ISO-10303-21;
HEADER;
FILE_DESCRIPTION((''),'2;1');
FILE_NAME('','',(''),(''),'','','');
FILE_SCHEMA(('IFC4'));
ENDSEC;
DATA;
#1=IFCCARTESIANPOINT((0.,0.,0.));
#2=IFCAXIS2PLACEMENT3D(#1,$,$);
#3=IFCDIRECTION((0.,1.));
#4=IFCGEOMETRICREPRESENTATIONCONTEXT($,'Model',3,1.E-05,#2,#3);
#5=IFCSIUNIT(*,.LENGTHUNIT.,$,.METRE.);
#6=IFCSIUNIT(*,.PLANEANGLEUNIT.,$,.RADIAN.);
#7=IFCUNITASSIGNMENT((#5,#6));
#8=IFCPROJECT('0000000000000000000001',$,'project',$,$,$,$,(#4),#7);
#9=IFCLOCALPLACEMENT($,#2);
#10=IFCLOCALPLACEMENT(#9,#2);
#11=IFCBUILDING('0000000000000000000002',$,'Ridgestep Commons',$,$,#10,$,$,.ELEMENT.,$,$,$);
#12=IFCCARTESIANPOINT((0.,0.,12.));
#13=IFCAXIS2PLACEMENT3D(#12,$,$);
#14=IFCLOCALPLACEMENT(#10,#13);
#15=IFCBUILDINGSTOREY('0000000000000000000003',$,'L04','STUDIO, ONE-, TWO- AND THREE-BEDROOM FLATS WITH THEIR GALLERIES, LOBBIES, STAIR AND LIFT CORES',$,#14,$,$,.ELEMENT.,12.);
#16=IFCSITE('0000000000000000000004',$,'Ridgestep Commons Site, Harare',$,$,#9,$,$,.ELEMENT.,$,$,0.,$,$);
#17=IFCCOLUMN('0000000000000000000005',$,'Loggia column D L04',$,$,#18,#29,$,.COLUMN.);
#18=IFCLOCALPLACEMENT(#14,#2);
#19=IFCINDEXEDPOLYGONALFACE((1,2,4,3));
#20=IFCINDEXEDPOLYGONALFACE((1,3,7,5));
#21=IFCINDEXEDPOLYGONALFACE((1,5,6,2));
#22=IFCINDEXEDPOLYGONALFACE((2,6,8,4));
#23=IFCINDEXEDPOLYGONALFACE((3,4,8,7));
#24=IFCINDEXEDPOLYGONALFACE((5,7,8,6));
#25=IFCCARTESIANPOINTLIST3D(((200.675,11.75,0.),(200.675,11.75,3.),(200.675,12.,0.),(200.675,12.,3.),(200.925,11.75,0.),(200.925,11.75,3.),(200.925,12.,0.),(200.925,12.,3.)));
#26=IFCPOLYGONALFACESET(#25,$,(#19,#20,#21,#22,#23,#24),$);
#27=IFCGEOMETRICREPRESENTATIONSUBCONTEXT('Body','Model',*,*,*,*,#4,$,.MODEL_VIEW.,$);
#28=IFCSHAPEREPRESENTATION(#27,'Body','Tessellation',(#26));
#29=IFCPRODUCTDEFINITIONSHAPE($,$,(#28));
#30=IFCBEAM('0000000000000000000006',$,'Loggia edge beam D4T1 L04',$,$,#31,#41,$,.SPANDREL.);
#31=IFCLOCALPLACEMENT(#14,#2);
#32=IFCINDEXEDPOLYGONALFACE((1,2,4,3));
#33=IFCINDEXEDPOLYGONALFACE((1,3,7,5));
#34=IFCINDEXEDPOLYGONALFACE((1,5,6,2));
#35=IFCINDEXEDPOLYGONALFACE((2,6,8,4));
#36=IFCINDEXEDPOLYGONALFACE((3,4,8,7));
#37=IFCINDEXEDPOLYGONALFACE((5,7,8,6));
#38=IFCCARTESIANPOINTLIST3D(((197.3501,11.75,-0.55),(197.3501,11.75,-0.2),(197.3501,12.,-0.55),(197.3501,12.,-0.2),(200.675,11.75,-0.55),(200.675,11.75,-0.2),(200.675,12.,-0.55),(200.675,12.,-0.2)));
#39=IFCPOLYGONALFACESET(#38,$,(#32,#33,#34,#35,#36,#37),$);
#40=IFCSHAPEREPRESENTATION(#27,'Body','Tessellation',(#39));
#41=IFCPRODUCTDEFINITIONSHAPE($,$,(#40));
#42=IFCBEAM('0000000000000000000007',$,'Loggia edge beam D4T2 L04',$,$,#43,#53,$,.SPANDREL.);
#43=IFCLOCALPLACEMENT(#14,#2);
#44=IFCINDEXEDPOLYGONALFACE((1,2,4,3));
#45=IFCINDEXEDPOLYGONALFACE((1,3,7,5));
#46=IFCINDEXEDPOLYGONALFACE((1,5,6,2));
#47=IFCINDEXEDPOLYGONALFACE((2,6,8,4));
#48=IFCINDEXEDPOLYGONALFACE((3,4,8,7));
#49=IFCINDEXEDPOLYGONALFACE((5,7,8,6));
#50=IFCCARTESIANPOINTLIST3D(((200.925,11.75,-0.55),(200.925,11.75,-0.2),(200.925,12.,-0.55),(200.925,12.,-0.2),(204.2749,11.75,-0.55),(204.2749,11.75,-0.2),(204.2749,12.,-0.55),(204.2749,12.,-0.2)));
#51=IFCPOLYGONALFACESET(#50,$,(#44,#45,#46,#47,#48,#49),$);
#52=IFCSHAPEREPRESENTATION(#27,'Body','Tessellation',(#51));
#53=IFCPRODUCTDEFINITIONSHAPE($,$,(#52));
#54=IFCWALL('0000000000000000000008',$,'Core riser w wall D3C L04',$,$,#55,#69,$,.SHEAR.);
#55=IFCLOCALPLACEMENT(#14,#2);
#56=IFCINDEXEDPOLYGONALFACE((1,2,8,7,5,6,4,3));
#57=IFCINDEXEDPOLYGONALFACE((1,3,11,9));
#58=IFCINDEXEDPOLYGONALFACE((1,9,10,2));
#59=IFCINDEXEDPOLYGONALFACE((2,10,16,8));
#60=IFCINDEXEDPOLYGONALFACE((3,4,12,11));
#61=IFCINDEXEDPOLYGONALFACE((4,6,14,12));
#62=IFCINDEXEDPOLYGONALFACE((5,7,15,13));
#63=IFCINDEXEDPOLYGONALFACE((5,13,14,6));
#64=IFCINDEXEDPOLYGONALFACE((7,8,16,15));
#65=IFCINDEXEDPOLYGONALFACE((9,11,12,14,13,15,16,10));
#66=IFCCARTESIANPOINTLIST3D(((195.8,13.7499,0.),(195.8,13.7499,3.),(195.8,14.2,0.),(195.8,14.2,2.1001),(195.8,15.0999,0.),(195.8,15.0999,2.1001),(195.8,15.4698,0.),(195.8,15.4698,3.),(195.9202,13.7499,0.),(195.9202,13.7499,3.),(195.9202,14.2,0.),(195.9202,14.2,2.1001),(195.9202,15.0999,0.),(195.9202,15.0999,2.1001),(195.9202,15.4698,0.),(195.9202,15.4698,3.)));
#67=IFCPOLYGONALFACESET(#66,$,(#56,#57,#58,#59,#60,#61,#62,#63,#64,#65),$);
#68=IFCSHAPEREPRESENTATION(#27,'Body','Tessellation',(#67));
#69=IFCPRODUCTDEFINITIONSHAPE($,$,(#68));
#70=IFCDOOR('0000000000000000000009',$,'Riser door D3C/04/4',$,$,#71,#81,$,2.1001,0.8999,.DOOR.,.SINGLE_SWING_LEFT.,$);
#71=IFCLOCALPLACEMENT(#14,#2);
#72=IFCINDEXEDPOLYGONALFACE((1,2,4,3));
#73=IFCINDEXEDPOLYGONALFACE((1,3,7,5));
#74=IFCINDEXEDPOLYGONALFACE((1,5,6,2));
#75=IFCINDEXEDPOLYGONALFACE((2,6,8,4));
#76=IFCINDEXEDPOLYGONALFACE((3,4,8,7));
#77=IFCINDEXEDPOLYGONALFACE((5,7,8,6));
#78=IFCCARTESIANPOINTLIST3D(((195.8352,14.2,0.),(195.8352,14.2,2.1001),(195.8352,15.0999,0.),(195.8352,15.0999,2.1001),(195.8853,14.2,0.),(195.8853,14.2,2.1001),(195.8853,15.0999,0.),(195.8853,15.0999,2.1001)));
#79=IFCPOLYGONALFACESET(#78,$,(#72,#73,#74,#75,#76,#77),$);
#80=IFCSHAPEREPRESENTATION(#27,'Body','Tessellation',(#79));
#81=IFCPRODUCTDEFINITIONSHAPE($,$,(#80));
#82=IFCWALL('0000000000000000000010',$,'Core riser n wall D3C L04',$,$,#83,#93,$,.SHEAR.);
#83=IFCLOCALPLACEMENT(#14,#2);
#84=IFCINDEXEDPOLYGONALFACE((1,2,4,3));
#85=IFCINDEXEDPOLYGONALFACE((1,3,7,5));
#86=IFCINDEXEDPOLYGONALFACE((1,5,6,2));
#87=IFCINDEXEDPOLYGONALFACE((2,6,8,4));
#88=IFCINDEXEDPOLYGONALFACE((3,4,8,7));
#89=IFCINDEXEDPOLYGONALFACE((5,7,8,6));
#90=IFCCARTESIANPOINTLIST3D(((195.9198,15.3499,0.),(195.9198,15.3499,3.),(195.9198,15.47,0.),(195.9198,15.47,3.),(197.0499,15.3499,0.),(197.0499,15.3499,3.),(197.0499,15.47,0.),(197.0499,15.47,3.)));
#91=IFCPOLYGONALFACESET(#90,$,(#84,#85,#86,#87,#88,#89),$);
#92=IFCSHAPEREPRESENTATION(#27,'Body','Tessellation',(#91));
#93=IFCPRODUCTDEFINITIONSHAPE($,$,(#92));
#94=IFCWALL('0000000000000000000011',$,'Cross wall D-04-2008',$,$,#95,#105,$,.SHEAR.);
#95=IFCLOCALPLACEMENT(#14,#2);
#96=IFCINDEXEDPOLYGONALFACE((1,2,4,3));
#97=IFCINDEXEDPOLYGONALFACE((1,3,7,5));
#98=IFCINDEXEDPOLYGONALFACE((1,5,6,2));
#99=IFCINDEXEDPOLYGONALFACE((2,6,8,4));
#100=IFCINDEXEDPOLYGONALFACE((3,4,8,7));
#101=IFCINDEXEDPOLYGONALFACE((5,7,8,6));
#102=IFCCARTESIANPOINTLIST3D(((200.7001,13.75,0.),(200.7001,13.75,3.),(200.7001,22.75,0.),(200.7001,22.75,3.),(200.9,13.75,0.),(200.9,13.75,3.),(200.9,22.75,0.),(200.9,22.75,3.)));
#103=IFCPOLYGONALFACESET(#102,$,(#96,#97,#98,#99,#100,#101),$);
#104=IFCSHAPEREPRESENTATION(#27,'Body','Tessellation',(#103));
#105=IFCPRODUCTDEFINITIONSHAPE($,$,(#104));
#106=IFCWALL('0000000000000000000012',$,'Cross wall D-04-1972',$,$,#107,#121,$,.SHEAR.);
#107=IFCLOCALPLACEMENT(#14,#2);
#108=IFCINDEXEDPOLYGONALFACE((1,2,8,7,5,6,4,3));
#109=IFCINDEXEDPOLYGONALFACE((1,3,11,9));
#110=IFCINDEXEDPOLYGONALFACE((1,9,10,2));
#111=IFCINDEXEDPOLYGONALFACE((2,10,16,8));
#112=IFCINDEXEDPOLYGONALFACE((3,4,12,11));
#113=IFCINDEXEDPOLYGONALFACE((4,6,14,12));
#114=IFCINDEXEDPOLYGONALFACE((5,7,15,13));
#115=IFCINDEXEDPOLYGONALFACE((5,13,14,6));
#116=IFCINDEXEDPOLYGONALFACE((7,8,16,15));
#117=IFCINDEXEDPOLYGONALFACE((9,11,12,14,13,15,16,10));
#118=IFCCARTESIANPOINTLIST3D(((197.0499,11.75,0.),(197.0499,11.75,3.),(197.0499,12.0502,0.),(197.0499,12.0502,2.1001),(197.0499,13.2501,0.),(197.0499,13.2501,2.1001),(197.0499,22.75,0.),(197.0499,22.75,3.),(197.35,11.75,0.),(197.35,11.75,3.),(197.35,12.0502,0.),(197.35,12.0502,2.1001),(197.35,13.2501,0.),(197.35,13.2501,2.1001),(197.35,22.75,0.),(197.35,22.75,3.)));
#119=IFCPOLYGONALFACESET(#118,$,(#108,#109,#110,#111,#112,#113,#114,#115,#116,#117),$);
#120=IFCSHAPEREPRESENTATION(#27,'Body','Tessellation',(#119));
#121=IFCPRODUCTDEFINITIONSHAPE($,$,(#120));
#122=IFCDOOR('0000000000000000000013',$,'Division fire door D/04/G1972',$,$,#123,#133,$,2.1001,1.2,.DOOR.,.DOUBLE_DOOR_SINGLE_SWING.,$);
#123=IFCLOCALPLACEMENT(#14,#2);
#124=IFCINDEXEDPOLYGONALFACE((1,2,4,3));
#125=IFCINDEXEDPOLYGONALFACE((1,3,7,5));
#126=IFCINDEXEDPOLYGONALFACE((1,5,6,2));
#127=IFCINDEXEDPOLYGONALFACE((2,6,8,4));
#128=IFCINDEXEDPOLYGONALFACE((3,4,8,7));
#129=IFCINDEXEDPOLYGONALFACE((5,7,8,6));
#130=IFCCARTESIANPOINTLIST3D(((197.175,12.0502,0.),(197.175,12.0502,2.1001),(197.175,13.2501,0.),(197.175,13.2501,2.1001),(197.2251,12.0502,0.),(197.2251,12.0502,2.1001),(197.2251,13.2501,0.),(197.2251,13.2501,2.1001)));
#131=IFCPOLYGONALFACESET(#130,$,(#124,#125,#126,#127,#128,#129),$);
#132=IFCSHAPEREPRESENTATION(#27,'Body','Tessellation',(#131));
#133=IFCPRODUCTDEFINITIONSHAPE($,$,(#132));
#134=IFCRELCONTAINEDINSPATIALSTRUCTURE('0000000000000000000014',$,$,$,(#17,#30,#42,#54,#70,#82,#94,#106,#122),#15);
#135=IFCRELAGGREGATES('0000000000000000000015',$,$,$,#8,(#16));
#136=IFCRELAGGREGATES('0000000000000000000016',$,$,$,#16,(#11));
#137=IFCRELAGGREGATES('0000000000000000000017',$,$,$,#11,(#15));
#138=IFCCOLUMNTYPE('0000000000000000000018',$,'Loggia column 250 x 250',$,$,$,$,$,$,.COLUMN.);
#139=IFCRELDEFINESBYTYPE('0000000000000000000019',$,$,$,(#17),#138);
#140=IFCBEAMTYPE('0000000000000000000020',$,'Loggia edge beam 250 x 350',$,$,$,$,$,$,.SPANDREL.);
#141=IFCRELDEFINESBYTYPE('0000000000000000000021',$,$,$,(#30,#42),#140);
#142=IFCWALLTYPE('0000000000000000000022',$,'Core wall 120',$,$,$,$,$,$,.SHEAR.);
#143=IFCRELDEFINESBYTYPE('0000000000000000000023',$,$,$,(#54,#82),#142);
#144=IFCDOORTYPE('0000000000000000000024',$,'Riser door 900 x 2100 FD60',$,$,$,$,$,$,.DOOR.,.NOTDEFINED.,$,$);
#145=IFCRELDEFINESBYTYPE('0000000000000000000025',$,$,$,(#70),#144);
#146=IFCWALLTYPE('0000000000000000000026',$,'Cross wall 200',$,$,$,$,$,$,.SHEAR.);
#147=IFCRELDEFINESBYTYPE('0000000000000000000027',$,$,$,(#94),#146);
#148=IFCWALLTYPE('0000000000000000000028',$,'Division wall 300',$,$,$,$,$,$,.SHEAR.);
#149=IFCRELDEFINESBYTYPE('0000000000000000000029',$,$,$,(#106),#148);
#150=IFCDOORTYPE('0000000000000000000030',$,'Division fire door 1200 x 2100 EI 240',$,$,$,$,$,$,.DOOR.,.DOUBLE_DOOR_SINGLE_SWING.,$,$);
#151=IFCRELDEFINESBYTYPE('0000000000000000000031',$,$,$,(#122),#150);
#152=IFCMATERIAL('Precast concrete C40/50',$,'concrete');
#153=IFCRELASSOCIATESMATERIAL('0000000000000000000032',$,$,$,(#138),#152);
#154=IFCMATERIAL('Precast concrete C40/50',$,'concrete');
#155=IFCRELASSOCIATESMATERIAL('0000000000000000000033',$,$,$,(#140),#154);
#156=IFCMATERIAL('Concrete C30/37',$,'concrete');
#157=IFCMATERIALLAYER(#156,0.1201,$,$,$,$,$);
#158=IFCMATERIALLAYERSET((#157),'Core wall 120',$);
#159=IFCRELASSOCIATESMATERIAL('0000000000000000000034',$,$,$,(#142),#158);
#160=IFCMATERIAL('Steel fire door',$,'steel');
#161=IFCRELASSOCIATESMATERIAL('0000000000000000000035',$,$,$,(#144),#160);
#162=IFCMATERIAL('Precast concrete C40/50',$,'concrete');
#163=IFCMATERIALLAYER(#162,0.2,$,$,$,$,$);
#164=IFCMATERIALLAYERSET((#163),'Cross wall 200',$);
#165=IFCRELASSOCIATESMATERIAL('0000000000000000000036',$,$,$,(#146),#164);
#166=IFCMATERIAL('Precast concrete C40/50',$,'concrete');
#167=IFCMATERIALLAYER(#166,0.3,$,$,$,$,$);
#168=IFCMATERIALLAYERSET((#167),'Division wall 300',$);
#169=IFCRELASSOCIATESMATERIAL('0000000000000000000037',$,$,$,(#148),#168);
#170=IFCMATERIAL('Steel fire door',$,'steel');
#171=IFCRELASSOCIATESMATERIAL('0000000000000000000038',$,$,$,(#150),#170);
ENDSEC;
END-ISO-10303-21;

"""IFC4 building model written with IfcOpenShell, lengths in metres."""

from ifc_helpers import new_model, si_unit, direction, frame, frame_2d, origin, origin_2d, place, context, subcontext, project, spatial, rectangle, extrude, material, layer, layer_set, material_profile, profile_set, type_object, element, fill, save


model = new_model("IFC4")

# Units and contexts
model_context = context("Model", 3, precision=1e-05, world=origin(), true_north=direction((0.0, 1.0)))
body_context = subcontext(model_context, "Body", "Model", "MODEL_VIEW")
ifc_project = project(units=[si_unit("LENGTHUNIT", "METRE"), si_unit("PLANEANGLEUNIT", "RADIAN")], contexts=[model_context])

# Site, building, storey
site_placement = place(None, origin())
site = spatial("IfcSite", under=ifc_project, at=site_placement, Name="Ridgestep Commons Site, Harare", CompositionType="ELEMENT", RefElevation=0.0)
building_placement = place(site_placement, origin())
building = spatial("IfcBuilding", under=site, at=building_placement, Name="Ridgestep Commons", CompositionType="ELEMENT")
storey_placement = place(building_placement, frame((0.0, 0.0, 12.0)))
storey = spatial("IfcBuildingStorey", under=building, at=storey_placement, Name="L04", Description="STUDIO, ONE-, TWO- AND THREE-BEDROOM FLATS WITH THEIR GALLERIES, LOBBIES, STAIR AND LIFT CORES", CompositionType="ELEMENT", Elevation=12.0)

# Column
ifc_material_1 = material(Name="Precast concrete C40/50", Category="concrete")
ifc_material_profile_1 = material_profile(ifc_material_1, rectangle(XDim=0.25, YDim=0.25, at=origin_2d()), Name="PC 250x250")
ifc_profile_set_1 = profile_set([ifc_material_profile_1], Name="Precast concrete C40/50")
column_type = type_object("IfcColumnType", Name="Loggia column 250 x 250", PredefinedType="COLUMN", material=ifc_profile_set_1)
column_placement = place(storey_placement, frame((200.8, 11.875, 0.0), z_axis=(0.0, 0.0, 1.0), x_axis=(1.0, 0.0, 0.0)))
element("IfcColumn", 1, at=column_placement, inside=storey, type_object=column_type, Name="Loggia column D L04", PredefinedType="COLUMN", context=body_context, shape_type="SweptSolid", body=[
    extrude(rectangle(XDim=0.25, YDim=0.25, at=origin_2d()), origin(), (0.0, 0.0, 1.0), 3.0),
])

# Beams
ifc_material_2 = material(Name="Precast concrete C40/50", Category="concrete")
ifc_material_profile_2 = material_profile(ifc_material_2, rectangle(XDim=0.25, YDim=0.3501, at=origin_2d()), Name="PC 250x350")
ifc_profile_set_2 = profile_set([ifc_material_profile_2], Name="Precast concrete C40/50")
beam_type = type_object("IfcBeamType", Name="Loggia edge beam 250 x 350", PredefinedType="SPANDREL", material=ifc_profile_set_2)
beam_1_placement = place(storey_placement, frame((197.3501, 11.875, -0.375), z_axis=(1.0, 0.0, 0.0), x_axis=(0.0, 1.0, 0.0)))
element("IfcBeam", 2, at=beam_1_placement, inside=storey, type_object=beam_type, Name="Loggia edge beam D4T1 L04", PredefinedType="SPANDREL", context=body_context, shape_type="SweptSolid", body=[
    extrude(rectangle(XDim=0.25, YDim=0.3501, at=origin_2d()), origin(), (0.0, 0.0, 1.0), 3.325),
])
beam_2_placement = place(storey_placement, frame((200.925, 11.875, -0.375), z_axis=(1.0, 0.0, 0.0), x_axis=(0.0, 1.0, 0.0)))
element("IfcBeam", 3, at=beam_2_placement, inside=storey, type_object=beam_type, Name="Loggia edge beam D4T2 L04", PredefinedType="SPANDREL", context=body_context, shape_type="SweptSolid", body=[
    extrude(rectangle(XDim=0.25, YDim=0.3501, at=origin_2d()), origin(), (0.0, 0.0, 1.0), 3.3499),
])

# Wall, opening, door
ifc_material_3 = material(Name="Concrete C30/37", Category="concrete")
ifc_layer_1 = layer(ifc_material_3, 0.1201)
ifc_layer_set_1 = layer_set([ifc_layer_1], Name="Core wall 120")
wall_type_1 = type_object("IfcWallType", Name="Core wall 120", PredefinedType="SHEAR", material=ifc_layer_set_1)
wall_1_placement = place(storey_placement, frame((195.8601, 13.75, 0.0), z_axis=(0.0, 0.0, 1.0), x_axis=(0.0, 1.0, 0.0)))
wall_1 = element("IfcWall", 4, at=wall_1_placement, inside=storey, type_object=wall_type_1, Name="Core riser w wall D3C L04", PredefinedType="SHEAR", context=body_context, shape_type="SweptSolid", body=[
    extrude(rectangle(XDim=1.72, YDim=0.1201, at=frame_2d((0.8599, 0.0))), origin(), (0.0, 0.0, 1.0), 3.0),
])
opening_1_placement = place(wall_1_placement, frame((0.45, 0.0, 0.0)))
opening_1 = element("IfcOpeningElement", 5, at=opening_1_placement, cuts=wall_1, PredefinedType="OPENING", context=body_context, shape_type="SweptSolid", body=[
    extrude(rectangle(XDim=0.8999, YDim=2.1001, at=frame_2d((0.45, 1.05))), frame((0.0, 0.0701, 0.0), z_axis=(0.0, -1.0, 0.0), x_axis=(1.0, 0.0, 0.0)), (0.0, 0.0, 1.0), 0.1401),
])
ifc_material_4 = material(Name="Steel fire door", Category="steel")
door_type_1 = type_object("IfcDoorType", Name="Riser door 900 x 2100 FD60", OperationType="NOTDEFINED", PredefinedType="DOOR", material=ifc_material_4)
door_1_placement = place(opening_1_placement, origin())
door_1 = element("IfcDoor", 6, at=door_1_placement, inside=storey, type_object=door_type_1, Name="Riser door D3C/04/4", OperationType="SINGLE_SWING_LEFT", OverallHeight=2.1001, OverallWidth=0.8999, PredefinedType="DOOR", context=body_context, shape_type="SweptSolid", body=[
    extrude(rectangle(XDim=0.8999, YDim=2.1001, at=frame_2d((0.45, 1.05))), frame((0.0, 0.0249, 0.0), z_axis=(0.0, -1.0, 0.0), x_axis=(1.0, 0.0, 0.0)), (0.0, 0.0, 1.0), 0.05),
])
fill(opening_1, door_1)

# Walls
wall_2_placement = place(storey_placement, frame((195.9199, 15.4099, 0.0), z_axis=(0.0, 0.0, 1.0), x_axis=(1.0, 0.0, 0.0)))
element("IfcWall", 7, at=wall_2_placement, inside=storey, type_object=wall_type_1, Name="Core riser n wall D3C L04", PredefinedType="SHEAR", context=body_context, shape_type="SweptSolid", body=[
    extrude(rectangle(XDim=1.1301, YDim=0.1201, at=frame_2d((0.5649, 0.0))), origin(), (0.0, 0.0, 1.0), 3.0),
])
ifc_material_5 = material(Name="Precast concrete C40/50", Category="concrete")
ifc_layer_2 = layer(ifc_material_5, 0.2)
ifc_layer_set_2 = layer_set([ifc_layer_2], Name="Cross wall 200")
wall_type_2 = type_object("IfcWallType", Name="Cross wall 200", PredefinedType="SHEAR", material=ifc_layer_set_2)
wall_3_placement = place(storey_placement, frame((200.8, 13.75, 0.0), z_axis=(0.0, 0.0, 1.0), x_axis=(0.0, 1.0, 0.0)))
element("IfcWall", 8, at=wall_3_placement, inside=storey, type_object=wall_type_2, Name="Cross wall D-04-2008", PredefinedType="SHEAR", context=body_context, shape_type="SweptSolid", body=[
    extrude(rectangle(XDim=9.0, YDim=0.2, at=frame_2d((4.5, 0.0))), origin(), (0.0, 0.0, 1.0), 3.0),
])

# Wall, opening, door
ifc_material_6 = material(Name="Precast concrete C40/50", Category="concrete")
ifc_layer_3 = layer(ifc_material_6, 0.3)
ifc_layer_set_3 = layer_set([ifc_layer_3], Name="Division wall 300")
wall_type_3 = type_object("IfcWallType", Name="Division wall 300", PredefinedType="SHEAR", material=ifc_layer_set_3)
wall_4_placement = place(storey_placement, frame((197.2, 11.75, 0.0), z_axis=(0.0, 0.0, 1.0), x_axis=(0.0, 1.0, 0.0)))
wall_4 = element("IfcWall", 9, at=wall_4_placement, inside=storey, type_object=wall_type_3, Name="Cross wall D-04-1972", PredefinedType="SHEAR", context=body_context, shape_type="SweptSolid", body=[
    extrude(rectangle(XDim=11.0, YDim=0.3, at=frame_2d((5.5, 0.0))), origin(), (0.0, 0.0, 1.0), 3.0),
])
opening_2_placement = place(wall_4_placement, frame((0.3, 0.0, 0.0)))
opening_2 = element("IfcOpeningElement", 10, at=opening_2_placement, cuts=wall_4, PredefinedType="OPENING", context=body_context, shape_type="SweptSolid", body=[
    extrude(rectangle(XDim=1.2, YDim=2.1001, at=frame_2d((0.6001, 1.05))), frame((0.0, 0.1599, 0.0), z_axis=(0.0, -1.0, 0.0), x_axis=(1.0, 0.0, 0.0)), (0.0, 0.0, 1.0), 0.3201),
])
ifc_material_7 = material(Name="Steel fire door", Category="steel")
door_type_2 = type_object("IfcDoorType", Name="Division fire door 1200 x 2100 EI 240", OperationType="DOUBLE_DOOR_SINGLE_SWING", PredefinedType="DOOR", material=ifc_material_7)
door_2_placement = place(opening_2_placement, origin())
door_2 = element("IfcDoor", 11, at=door_2_placement, inside=storey, type_object=door_type_2, Name="Division fire door D/04/G1972", OperationType="DOUBLE_DOOR_SINGLE_SWING", OverallHeight=2.1001, OverallWidth=1.2, PredefinedType="DOOR", context=body_context, shape_type="SweptSolid", body=[
    extrude(rectangle(XDim=1.2, YDim=2.1001, at=frame_2d((0.6001, 1.05))), frame((0.0, 0.0249, 0.0), z_axis=(0.0, -1.0, 0.0), x_axis=(1.0, 0.0, 0.0)), (0.0, 0.0, 1.0), 0.05),
])
fill(opening_2, door_2)

save(model, "model.ifc")
